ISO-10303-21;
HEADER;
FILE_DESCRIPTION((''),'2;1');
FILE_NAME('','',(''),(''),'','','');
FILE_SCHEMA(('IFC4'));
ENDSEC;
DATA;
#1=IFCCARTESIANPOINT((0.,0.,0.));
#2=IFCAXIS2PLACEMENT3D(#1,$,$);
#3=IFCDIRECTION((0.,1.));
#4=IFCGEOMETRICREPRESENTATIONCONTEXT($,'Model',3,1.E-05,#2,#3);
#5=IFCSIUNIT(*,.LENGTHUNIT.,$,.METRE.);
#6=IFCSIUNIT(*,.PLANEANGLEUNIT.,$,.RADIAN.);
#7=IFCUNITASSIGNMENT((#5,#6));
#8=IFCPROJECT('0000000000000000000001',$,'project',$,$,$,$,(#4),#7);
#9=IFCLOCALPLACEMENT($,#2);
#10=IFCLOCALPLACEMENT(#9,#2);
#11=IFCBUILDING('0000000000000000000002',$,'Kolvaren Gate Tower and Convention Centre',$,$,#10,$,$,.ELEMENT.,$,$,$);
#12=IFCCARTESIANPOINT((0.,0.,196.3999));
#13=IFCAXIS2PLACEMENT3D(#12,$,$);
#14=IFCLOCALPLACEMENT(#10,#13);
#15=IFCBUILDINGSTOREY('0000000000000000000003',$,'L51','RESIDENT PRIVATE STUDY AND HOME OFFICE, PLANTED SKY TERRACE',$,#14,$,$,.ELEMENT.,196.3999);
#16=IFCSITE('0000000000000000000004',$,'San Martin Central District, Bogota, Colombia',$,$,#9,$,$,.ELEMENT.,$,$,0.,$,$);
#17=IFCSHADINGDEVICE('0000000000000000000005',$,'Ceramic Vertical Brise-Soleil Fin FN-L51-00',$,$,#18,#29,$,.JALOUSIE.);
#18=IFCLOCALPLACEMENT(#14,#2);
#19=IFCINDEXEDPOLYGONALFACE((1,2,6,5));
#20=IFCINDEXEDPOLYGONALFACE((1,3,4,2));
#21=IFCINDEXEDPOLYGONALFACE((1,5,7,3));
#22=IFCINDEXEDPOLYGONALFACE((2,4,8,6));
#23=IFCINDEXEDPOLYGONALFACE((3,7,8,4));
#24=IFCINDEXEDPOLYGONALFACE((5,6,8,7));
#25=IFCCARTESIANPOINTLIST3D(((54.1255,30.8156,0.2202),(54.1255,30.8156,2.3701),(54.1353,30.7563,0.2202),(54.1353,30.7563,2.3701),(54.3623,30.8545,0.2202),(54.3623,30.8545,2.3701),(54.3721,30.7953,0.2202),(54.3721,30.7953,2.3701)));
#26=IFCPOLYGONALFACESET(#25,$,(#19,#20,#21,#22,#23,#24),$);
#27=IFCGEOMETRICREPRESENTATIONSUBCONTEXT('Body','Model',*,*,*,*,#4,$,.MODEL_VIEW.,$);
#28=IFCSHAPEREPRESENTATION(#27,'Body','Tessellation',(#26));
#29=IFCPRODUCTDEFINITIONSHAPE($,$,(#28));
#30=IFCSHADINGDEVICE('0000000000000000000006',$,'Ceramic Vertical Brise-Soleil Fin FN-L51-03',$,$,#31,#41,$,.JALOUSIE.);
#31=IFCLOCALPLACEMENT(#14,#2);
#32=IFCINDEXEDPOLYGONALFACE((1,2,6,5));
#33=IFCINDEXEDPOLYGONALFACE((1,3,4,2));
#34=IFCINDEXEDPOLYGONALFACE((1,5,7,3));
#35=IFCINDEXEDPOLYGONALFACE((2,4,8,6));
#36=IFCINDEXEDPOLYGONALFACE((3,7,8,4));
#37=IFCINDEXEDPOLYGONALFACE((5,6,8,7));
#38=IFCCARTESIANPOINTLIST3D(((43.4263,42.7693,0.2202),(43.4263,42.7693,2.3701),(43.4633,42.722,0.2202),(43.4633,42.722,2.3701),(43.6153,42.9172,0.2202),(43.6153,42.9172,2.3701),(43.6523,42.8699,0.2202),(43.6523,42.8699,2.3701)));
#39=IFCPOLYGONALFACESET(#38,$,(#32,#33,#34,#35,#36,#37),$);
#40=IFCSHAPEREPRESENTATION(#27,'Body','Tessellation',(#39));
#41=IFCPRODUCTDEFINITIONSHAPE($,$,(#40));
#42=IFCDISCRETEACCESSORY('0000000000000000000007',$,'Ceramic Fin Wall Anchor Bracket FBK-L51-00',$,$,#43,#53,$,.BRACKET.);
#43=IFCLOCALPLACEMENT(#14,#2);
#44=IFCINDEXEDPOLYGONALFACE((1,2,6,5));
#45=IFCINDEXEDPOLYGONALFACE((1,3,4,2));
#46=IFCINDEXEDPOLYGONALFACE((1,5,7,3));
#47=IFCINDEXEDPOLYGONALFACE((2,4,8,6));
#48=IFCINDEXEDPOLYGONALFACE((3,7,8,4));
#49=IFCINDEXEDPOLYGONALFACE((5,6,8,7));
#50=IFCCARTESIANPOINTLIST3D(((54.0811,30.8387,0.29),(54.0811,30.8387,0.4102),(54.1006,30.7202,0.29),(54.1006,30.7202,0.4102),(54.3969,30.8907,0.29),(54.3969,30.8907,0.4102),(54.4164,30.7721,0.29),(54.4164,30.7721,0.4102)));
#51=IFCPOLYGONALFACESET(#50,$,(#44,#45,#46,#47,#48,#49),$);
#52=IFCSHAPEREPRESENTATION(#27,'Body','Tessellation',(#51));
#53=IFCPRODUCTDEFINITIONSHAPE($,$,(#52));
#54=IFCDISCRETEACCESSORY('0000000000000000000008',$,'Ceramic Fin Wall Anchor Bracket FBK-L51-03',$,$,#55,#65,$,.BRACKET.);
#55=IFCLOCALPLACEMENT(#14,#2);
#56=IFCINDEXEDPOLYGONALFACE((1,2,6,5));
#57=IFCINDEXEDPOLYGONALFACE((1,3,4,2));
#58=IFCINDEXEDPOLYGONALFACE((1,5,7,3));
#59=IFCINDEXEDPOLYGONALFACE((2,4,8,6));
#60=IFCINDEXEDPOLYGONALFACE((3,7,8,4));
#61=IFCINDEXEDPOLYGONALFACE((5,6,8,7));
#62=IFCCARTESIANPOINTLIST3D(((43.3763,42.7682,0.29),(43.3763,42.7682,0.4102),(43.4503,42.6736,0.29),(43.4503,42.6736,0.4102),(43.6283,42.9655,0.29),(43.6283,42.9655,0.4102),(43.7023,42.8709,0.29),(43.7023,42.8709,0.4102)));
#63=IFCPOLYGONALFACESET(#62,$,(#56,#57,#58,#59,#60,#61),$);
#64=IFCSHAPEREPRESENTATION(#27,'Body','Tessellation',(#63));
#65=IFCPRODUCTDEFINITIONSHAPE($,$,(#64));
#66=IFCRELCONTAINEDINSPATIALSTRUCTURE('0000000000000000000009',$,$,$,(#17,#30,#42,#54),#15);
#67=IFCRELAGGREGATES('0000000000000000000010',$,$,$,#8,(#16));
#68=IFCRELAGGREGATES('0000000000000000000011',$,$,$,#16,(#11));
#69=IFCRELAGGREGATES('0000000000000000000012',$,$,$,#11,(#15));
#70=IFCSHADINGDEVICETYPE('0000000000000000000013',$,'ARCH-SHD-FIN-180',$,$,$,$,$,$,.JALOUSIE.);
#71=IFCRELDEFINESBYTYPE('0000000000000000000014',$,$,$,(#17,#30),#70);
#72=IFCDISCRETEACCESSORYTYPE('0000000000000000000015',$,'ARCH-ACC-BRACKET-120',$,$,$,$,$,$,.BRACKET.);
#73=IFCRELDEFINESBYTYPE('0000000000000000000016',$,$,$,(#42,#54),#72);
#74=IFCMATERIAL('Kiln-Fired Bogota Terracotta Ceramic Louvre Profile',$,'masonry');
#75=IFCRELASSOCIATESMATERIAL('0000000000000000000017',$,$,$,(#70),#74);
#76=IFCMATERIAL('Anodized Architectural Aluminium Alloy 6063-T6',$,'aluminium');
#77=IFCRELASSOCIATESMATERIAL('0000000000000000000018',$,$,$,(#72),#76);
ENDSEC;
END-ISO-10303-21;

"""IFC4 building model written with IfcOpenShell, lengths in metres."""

from ifc_helpers import new_model, si_unit, direction, frame, origin, origin_2d, place, context, subcontext, project, spatial, rectangle, extrude, material, type_object, element, save


model = new_model("IFC4")

# Units and contexts
model_context = context("Model", 3, precision=1e-05, world=origin(), true_north=direction((0.0, 1.0)))
body_context = subcontext(model_context, "Body", "Model", "MODEL_VIEW")
ifc_project = project(units=[si_unit("LENGTHUNIT", "METRE"), si_unit("PLANEANGLEUNIT", "RADIAN")], contexts=[model_context])

# Site, building, storey
site_placement = place(None, origin())
site = spatial("IfcSite", under=ifc_project, at=site_placement, Name="San Martin Central District, Bogota, Colombia", CompositionType="ELEMENT", RefElevation=0.0)
building_placement = place(site_placement, origin())
building = spatial("IfcBuilding", under=site, at=building_placement, Name="Kolvaren Gate Tower and Convention Centre", CompositionType="ELEMENT")
storey_placement = place(building_placement, frame((0.0, 0.0, 196.3999)))
storey = spatial("IfcBuildingStorey", under=building, at=storey_placement, Name="L51", Description="RESIDENT PRIVATE STUDY AND HOME OFFICE, PLANTED SKY TERRACE", CompositionType="ELEMENT", Elevation=196.3999)

# Shared definitions
ifc_material_1 = material(Name="Anodized Architectural Aluminium Alloy 6063-T6", Category="aluminium")

# Shading devices
ifc_material_2 = material(Name="Kiln-Fired Bogota Terracotta Ceramic Louvre Profile", Category="masonry")
shading_device_type = type_object("IfcShadingDeviceType", Name="ARCH-SHD-FIN-180", PredefinedType="JALOUSIE", material=ifc_material_2)
for number, where, z_axis, x_axis, name in (
    (1, (54.2488, 30.8054, 0.2202), (0.0, 0.0, 1.0), (0.162375, -0.986729, 0.0), "Ceramic Vertical Brise-Soleil Fin FN-L51-00"),
    (2, (43.5393, 42.8196, 0.2202), (0.0, 0.0, 1.0), (0.616434, -0.787406, 0.0), "Ceramic Vertical Brise-Soleil Fin FN-L51-03"),
):
    element("IfcShadingDevice", number, at=place(storey_placement, frame(where, z_axis=z_axis, x_axis=x_axis)), inside=storey, type_object=shading_device_type, Name=name, PredefinedType="JALOUSIE", context=body_context, shape_type="SweptSolid", body=[
        extrude(rectangle(XDim=0.0601, YDim=0.24, at=origin_2d()), origin(), (0.0, 0.0, 1.0), 2.1499),
    ])

# Discrete accessories
discrete_accessory_type = type_object("IfcDiscreteAccessoryType", Name="ARCH-ACC-BRACKET-120", PredefinedType="BRACKET", material=ifc_material_1)
for number, where, z_axis, x_axis, name in (
    (3, (54.2488, 30.8054, 0.29), (0.0, 0.0, 1.0), (0.162375, -0.986729, 0.0), "Ceramic Fin Wall Anchor Bracket FBK-L51-00"),
    (4, (43.5393, 42.8196, 0.29), (0.0, 0.0, 1.0), (0.616434, -0.787406, 0.0), "Ceramic Fin Wall Anchor Bracket FBK-L51-03"),
):
    element("IfcDiscreteAccessory", number, at=place(storey_placement, frame(where, z_axis=z_axis, x_axis=x_axis)), inside=storey, type_object=discrete_accessory_type, Name=name, PredefinedType="BRACKET", context=body_context, shape_type="SweptSolid", body=[
        extrude(rectangle(XDim=0.1201, YDim=0.3201, at=origin_2d()), origin(), (0.0, 0.0, 1.0), 0.1201),
    ])

save(model, "model.ifc")
